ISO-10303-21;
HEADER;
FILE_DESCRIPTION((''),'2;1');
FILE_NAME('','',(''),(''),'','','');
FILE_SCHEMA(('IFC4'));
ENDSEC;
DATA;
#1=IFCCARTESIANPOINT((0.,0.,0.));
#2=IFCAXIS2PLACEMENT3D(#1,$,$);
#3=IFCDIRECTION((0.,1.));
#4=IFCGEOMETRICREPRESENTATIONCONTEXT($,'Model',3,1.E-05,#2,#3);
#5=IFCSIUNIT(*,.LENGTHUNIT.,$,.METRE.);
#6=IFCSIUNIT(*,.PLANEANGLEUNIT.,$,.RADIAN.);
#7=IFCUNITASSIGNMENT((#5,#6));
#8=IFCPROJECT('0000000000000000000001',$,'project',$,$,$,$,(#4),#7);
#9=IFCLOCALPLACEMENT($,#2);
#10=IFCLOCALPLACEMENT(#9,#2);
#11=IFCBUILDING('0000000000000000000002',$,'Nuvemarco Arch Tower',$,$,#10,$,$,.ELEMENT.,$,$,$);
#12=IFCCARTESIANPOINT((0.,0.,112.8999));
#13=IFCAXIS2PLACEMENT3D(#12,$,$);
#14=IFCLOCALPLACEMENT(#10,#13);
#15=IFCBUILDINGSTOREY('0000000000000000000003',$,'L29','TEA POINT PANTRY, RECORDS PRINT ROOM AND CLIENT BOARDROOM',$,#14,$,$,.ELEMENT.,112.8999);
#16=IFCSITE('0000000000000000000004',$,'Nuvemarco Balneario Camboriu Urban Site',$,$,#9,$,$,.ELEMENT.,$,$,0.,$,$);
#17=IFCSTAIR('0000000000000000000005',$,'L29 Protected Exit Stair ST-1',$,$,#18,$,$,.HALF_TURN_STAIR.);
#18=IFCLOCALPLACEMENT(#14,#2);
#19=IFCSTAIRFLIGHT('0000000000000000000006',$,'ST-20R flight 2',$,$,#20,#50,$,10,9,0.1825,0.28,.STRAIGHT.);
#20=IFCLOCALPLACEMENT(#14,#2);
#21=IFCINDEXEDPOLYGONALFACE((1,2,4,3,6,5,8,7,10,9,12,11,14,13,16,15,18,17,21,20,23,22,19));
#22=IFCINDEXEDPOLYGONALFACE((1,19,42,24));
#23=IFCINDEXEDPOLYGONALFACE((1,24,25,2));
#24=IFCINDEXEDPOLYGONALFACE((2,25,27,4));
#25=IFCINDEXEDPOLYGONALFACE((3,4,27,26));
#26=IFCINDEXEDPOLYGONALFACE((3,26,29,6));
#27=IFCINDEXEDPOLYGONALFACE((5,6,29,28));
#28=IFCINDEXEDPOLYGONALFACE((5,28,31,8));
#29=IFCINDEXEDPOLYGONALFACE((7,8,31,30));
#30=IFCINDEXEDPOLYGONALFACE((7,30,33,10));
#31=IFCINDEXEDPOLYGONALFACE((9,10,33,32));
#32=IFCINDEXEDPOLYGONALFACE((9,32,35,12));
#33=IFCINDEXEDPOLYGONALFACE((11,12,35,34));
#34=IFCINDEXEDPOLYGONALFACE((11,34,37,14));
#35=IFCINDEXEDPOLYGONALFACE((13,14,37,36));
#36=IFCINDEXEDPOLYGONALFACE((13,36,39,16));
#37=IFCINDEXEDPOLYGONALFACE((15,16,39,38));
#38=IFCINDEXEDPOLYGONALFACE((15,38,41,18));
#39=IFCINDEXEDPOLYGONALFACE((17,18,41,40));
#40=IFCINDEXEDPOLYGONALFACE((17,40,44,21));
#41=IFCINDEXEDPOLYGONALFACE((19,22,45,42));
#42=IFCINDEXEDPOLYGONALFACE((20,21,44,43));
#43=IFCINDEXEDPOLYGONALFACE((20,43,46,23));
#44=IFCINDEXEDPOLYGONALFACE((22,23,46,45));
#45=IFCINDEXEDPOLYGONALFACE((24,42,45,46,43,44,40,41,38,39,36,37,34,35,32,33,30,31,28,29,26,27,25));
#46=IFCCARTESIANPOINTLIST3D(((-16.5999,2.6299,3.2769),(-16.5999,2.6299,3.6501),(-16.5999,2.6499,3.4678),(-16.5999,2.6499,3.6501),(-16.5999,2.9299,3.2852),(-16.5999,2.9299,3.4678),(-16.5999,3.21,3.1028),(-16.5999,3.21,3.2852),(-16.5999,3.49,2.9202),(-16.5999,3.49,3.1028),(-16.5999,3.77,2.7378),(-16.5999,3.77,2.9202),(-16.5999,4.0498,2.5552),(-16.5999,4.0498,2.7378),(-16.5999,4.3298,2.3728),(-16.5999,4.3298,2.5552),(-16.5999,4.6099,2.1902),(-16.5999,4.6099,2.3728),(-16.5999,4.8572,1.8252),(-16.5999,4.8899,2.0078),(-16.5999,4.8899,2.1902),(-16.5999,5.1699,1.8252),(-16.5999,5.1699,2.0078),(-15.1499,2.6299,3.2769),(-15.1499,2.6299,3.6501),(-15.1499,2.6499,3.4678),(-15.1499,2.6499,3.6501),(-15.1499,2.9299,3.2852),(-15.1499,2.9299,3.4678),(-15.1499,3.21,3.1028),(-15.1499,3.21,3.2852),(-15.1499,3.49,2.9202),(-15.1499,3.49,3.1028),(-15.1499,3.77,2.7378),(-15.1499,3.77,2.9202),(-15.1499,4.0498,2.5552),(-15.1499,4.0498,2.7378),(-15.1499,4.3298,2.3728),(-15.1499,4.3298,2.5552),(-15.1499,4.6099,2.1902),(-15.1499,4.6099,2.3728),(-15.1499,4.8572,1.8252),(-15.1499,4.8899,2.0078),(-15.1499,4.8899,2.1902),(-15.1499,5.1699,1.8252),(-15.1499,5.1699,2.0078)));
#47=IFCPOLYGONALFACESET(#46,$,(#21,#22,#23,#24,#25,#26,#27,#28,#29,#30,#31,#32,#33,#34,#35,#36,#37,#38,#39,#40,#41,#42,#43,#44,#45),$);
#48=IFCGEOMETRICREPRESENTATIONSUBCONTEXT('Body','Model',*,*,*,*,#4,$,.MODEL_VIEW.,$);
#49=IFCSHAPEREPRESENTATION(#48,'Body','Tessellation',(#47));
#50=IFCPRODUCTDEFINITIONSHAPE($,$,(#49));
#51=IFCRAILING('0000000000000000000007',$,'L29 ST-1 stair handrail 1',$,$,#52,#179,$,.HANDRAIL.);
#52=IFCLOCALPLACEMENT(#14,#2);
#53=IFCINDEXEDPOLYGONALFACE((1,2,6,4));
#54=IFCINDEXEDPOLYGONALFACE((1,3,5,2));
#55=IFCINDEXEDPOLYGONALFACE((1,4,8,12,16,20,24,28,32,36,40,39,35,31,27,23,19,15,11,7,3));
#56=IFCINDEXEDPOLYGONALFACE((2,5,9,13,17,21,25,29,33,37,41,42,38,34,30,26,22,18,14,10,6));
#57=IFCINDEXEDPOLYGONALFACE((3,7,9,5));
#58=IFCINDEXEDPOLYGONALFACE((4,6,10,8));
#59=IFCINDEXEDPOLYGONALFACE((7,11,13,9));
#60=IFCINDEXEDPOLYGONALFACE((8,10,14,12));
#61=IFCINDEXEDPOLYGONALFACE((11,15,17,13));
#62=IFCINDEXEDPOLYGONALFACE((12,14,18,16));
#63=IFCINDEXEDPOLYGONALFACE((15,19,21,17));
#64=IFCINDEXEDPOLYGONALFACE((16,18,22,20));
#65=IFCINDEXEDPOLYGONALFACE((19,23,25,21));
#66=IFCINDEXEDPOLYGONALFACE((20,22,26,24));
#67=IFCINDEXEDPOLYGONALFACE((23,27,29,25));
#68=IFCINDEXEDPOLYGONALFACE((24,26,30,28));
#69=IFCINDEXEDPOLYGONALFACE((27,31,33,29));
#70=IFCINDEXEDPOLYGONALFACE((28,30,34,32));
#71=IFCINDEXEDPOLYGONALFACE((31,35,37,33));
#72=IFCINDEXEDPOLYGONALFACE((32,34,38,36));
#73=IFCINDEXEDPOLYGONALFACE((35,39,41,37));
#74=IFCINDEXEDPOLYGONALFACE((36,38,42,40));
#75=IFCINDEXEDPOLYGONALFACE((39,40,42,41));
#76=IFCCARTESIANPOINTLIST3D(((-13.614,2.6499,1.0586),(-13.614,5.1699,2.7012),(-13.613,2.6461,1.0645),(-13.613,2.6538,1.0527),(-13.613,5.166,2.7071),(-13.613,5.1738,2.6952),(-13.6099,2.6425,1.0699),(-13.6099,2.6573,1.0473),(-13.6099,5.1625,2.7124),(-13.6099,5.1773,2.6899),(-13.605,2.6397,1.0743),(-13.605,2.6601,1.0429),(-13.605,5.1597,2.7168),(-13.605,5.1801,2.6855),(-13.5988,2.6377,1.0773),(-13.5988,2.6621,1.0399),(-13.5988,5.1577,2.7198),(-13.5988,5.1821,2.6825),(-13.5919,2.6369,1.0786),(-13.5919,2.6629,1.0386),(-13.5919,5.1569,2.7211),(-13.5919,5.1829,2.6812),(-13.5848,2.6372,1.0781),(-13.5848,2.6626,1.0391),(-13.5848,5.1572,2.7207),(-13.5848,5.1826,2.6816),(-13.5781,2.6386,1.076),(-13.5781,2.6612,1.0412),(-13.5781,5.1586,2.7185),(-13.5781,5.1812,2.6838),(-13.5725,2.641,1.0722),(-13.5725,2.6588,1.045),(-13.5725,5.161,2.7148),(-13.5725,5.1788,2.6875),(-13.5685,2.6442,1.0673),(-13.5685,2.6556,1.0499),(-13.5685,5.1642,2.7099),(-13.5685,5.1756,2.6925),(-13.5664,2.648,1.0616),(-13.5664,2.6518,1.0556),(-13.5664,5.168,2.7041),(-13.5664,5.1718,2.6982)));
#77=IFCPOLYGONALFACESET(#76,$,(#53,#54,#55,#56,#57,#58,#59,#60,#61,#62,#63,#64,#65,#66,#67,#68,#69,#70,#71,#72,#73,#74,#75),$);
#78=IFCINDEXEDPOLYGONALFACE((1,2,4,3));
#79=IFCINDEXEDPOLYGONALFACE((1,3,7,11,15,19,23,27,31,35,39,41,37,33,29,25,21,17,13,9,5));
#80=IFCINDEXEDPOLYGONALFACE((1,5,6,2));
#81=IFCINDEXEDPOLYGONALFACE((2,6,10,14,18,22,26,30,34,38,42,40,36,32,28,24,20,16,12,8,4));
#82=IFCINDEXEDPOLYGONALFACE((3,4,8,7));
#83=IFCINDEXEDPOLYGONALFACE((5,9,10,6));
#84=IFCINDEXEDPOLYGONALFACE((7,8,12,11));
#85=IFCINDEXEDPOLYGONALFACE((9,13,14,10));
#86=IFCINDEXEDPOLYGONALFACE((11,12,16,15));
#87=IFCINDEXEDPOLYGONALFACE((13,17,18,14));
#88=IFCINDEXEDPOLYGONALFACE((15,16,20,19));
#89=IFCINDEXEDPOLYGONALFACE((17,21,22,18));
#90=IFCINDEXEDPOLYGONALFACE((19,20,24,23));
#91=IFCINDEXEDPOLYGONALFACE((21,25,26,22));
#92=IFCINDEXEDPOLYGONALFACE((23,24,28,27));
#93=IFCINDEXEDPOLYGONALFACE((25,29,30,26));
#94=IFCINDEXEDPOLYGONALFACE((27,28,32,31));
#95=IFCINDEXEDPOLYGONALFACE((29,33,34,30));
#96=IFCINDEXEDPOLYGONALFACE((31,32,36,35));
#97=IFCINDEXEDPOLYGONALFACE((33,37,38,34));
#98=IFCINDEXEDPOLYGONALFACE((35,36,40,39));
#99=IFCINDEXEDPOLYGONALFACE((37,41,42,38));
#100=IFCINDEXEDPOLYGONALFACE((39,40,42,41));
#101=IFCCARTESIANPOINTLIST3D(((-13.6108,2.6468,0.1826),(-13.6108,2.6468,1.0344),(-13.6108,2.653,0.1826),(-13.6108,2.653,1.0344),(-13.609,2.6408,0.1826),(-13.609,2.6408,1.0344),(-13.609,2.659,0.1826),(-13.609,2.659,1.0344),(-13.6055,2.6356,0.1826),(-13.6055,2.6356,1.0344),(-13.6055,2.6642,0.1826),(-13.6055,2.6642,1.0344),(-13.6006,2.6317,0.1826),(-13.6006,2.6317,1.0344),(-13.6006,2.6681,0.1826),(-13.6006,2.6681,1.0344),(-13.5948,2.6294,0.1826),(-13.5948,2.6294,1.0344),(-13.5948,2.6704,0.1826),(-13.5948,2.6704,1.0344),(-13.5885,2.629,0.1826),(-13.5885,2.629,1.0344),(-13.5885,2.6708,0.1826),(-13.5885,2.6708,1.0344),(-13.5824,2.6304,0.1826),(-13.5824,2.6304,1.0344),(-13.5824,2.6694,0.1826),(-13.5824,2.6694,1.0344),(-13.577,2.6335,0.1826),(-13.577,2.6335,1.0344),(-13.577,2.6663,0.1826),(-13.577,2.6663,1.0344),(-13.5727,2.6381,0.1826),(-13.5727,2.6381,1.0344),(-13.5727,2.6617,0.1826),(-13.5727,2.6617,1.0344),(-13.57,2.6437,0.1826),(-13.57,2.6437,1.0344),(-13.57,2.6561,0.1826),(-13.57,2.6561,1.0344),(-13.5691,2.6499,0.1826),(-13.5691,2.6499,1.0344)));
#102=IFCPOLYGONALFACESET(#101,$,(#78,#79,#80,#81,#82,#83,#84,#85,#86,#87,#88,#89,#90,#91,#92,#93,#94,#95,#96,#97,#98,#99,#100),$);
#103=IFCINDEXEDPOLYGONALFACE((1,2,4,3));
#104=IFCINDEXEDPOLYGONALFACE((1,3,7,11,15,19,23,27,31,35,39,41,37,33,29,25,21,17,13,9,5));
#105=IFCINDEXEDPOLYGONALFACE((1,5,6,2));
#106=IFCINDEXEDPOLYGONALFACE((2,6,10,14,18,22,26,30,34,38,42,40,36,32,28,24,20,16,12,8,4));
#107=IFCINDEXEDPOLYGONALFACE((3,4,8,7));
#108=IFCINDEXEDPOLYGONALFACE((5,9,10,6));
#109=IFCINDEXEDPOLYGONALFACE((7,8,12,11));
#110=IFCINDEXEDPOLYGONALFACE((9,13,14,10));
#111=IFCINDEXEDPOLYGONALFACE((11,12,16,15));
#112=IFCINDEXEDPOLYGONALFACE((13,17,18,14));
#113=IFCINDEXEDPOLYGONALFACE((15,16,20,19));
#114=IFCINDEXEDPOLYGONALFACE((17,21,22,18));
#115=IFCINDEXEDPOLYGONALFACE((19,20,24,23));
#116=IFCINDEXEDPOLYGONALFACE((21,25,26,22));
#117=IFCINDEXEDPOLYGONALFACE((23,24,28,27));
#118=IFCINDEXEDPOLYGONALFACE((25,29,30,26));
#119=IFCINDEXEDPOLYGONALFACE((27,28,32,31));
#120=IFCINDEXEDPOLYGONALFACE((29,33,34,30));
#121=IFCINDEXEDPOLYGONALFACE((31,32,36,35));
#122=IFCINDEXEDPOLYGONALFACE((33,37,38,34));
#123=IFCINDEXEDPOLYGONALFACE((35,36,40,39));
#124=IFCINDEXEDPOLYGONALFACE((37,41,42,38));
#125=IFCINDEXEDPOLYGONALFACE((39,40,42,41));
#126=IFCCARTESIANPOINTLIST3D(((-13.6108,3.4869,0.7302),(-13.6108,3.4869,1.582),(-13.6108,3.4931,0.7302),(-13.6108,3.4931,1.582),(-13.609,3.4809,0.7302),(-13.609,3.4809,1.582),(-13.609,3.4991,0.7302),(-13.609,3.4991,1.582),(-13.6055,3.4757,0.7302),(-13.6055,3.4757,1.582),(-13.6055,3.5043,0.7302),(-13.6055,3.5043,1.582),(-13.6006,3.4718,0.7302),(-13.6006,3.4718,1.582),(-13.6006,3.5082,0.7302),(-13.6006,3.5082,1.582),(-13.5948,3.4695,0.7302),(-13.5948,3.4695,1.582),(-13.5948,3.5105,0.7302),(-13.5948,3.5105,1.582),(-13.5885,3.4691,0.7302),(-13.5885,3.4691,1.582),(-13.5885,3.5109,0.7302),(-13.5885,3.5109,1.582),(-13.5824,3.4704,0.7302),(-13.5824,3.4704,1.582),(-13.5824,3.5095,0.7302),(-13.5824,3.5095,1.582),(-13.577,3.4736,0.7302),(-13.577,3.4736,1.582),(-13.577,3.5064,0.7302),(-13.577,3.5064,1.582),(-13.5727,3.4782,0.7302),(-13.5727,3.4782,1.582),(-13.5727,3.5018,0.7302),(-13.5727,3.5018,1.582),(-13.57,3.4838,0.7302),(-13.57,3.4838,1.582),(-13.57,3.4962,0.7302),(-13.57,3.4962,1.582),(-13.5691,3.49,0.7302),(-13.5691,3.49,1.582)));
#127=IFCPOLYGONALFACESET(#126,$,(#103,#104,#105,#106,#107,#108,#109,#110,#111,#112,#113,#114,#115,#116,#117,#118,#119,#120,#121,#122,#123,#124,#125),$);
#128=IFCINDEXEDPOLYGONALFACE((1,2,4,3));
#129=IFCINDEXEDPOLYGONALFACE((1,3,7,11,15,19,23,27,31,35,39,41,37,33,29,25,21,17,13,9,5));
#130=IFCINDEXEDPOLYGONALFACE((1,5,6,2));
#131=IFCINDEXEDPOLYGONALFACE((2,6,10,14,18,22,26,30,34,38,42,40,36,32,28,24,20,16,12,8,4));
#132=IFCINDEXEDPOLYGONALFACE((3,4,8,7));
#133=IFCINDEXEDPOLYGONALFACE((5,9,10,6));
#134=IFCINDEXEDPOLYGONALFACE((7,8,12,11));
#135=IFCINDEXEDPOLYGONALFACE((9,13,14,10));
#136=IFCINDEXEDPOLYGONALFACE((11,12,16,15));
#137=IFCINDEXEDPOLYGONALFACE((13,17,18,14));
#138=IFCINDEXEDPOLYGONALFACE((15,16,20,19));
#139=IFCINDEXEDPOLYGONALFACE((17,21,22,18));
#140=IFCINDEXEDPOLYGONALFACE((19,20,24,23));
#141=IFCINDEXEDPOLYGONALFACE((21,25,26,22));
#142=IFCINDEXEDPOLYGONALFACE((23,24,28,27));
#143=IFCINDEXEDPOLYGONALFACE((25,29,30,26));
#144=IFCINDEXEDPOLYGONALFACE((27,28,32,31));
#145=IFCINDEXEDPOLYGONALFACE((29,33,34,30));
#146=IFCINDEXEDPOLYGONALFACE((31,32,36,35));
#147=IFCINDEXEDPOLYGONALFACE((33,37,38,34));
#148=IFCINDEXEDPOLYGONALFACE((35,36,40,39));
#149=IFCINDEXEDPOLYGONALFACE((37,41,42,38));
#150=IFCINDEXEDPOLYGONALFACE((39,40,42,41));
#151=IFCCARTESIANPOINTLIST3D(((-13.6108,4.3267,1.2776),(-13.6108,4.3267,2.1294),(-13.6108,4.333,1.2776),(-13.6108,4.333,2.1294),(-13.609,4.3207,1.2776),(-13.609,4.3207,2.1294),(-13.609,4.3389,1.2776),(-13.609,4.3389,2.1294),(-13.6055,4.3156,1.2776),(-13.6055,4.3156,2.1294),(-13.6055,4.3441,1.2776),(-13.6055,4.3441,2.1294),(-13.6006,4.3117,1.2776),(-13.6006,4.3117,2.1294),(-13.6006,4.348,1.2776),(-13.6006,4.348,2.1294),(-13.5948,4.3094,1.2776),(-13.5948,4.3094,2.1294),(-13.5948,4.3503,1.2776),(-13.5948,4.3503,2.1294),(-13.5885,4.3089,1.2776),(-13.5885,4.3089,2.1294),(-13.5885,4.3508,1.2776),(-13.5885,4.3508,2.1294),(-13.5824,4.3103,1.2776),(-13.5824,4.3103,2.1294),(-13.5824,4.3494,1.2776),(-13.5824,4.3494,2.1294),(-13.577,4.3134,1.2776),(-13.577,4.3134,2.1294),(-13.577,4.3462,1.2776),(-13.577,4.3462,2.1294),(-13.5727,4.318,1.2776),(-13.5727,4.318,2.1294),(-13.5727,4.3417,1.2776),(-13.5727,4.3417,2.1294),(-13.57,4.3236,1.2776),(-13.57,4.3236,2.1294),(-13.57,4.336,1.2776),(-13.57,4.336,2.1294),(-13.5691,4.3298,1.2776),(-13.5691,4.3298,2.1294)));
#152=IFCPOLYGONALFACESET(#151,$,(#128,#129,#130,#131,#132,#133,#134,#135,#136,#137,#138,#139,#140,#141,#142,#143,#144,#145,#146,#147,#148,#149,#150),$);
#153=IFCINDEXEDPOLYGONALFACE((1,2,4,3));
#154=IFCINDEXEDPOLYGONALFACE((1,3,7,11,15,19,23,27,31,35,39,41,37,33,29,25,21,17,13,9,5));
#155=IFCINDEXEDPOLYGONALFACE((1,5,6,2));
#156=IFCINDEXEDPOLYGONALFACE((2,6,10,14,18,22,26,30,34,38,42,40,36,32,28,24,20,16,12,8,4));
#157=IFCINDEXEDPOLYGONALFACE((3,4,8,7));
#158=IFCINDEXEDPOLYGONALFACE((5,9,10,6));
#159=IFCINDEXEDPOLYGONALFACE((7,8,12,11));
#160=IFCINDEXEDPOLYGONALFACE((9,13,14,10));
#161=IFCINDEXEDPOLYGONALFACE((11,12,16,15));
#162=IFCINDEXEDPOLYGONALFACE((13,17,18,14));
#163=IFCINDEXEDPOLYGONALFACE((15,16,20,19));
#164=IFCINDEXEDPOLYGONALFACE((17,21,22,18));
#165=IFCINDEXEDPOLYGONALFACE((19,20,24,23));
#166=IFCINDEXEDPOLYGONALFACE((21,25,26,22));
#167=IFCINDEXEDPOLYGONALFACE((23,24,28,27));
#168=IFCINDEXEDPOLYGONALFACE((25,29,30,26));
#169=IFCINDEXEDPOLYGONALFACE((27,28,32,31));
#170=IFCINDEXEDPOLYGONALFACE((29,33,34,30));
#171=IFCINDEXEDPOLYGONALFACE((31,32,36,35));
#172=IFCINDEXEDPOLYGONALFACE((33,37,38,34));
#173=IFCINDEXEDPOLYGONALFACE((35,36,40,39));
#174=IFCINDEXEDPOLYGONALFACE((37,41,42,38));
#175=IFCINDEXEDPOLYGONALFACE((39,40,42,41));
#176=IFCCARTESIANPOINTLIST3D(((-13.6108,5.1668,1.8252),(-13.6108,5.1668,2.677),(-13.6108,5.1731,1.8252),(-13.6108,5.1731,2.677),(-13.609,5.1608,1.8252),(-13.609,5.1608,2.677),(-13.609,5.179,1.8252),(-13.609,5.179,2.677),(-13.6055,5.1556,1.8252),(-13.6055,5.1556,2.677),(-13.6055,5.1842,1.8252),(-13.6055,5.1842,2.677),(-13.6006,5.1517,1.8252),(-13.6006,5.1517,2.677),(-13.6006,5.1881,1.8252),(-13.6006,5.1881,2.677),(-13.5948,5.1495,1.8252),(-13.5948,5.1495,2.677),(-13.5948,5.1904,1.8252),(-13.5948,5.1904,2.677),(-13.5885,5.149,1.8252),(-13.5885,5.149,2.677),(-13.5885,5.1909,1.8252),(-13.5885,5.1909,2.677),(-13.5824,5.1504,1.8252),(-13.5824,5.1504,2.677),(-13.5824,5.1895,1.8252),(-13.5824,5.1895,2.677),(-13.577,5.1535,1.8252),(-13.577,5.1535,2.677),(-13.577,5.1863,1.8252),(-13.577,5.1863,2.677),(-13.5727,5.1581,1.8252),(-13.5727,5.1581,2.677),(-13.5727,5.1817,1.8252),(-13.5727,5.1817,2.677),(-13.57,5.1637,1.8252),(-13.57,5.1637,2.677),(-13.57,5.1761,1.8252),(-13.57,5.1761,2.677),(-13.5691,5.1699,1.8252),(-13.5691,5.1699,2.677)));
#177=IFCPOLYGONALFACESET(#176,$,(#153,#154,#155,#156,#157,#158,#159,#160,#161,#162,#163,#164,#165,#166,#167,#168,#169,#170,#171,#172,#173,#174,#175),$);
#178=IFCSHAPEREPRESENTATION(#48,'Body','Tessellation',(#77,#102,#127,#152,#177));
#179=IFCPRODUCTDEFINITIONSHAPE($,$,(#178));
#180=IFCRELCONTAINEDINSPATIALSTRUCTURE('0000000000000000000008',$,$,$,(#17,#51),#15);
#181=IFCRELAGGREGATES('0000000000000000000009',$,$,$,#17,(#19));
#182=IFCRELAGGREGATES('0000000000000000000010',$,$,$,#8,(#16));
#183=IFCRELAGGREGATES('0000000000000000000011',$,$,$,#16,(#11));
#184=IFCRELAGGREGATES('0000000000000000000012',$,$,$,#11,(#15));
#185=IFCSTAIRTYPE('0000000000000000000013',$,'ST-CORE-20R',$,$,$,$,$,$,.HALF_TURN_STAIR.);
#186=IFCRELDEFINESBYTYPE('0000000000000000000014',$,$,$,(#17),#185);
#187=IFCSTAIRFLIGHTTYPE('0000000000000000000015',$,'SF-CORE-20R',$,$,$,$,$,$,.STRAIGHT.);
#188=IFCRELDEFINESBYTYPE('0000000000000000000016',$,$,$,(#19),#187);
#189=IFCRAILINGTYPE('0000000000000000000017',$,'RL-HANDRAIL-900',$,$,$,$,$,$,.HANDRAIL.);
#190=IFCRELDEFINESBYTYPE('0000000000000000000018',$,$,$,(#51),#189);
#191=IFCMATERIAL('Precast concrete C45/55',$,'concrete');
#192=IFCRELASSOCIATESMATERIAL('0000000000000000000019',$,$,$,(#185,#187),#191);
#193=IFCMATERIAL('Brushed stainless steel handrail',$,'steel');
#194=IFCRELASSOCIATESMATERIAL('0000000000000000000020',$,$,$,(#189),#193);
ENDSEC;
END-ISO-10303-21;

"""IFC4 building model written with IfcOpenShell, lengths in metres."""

from ifc_helpers import new_model, si_unit, direction, frame, origin, origin_2d, place, context, subcontext, project, spatial, polyline, circle, outline, extrude, material, type_object, element, aggregate, save


model = new_model("IFC4")

# Units and contexts
model_context = context("Model", 3, precision=1e-05, world=origin(), true_north=direction((0.0, 1.0)))
body_context = subcontext(model_context, "Body", "Model", "MODEL_VIEW")
ifc_project = project(units=[si_unit("LENGTHUNIT", "METRE"), si_unit("PLANEANGLEUNIT", "RADIAN")], contexts=[model_context])

# Site, building, storey
site_placement = place(None, origin())
site = spatial("IfcSite", under=ifc_project, at=site_placement, Name="Nuvemarco Balneario Camboriu Urban Site", CompositionType="ELEMENT", RefElevation=0.0)
building_placement = place(site_placement, origin())
building = spatial("IfcBuilding", under=site, at=building_placement, Name="Nuvemarco Arch Tower", CompositionType="ELEMENT")
storey_placement = place(building_placement, frame((0.0, 0.0, 112.8999)))
storey = spatial("IfcBuildingStorey", under=building, at=storey_placement, Name="L29", Description="TEA POINT PANTRY, RECORDS PRINT ROOM AND CLIENT BOARDROOM", CompositionType="ELEMENT", Elevation=112.8999)

# Stair, stair flight
ifc_material_1 = material(Name="Precast concrete C45/55", Category="concrete")
stair_type = type_object("IfcStairType", Name="ST-CORE-20R", PredefinedType="HALF_TURN_STAIR", material=ifc_material_1)
stair_placement = place(storey_placement, origin())
stair = element("IfcStair", 1, at=stair_placement, inside=storey, type_object=stair_type, Name="L29 Protected Exit Stair ST-1", PredefinedType="HALF_TURN_STAIR")
stair_flight_type = type_object("IfcStairFlightType", Name="SF-CORE-20R", PredefinedType="STRAIGHT", material=ifc_material_1)
stair_flight_1_placement = place(storey_placement, frame((-15.875, 5.1699, 1.8252), z_axis=(0.0, 0.0, 1.0), x_axis=(0.0, -1.0, 0.0)))
stair_flight_1 = element("IfcStairFlight", 2, at=stair_flight_1_placement, type_object=stair_flight_type, Name="ST-20R flight 2", NumberOfRisers=10, NumberOfTreads=9, PredefinedType="STRAIGHT", RiserHeight=0.1825, TreadLength=0.28, context=body_context, shape_type="SweptSolid", body=[
    extrude(outline(polyline([(0.0, 0.0), (0.0, 0.1826), (0.28, 0.1826), (0.28, 0.365), (0.5601, 0.365), (0.5601, 0.5476), (0.8401, 0.5476), (0.8401, 0.73), (1.1201, 0.73), (1.1201, 0.9126), (1.3999, 0.9126), (1.3999, 1.095), (1.6799, 1.095), (1.6799, 1.2776), (1.96, 1.2776), (1.96, 1.46), (2.24, 1.46), (2.24, 1.6426), (2.52, 1.6426), (2.52, 1.825), (2.54, 1.825), (2.54, 1.4517), (0.3127, 0.0), (0.0, 0.0)])), frame((0.0, 0.7251, 0.0), z_axis=(0.0, -1.0, 0.0), x_axis=(1.0, 0.0, 0.0)), (0.0, 0.0, 1.0), 1.45),
])
aggregate(stair, [stair_flight_1])

# Railing
ifc_material_2 = material(Name="Brushed stainless steel handrail", Category="steel")
railing_type_1 = type_object("IfcRailingType", Name="RL-HANDRAIL-900", PredefinedType="HANDRAIL", material=ifc_material_2)
railing_1_placement = place(storey_placement, frame((-13.5901, 2.6499, 0.1826)))
element("IfcRailing", 3, at=railing_1_placement, inside=storey, type_object=railing_type_1, Name="L29 ST-1 stair handrail 1", PredefinedType="HANDRAIL", context=body_context, shape_type="SweptSolid", body=[
    extrude(circle(Radius=0.0239, at=origin_2d()), frame((0.0, 0.0, 0.876), z_axis=(0.0, 0.837749, 0.546055), x_axis=(-1.0, 0.0, 0.0)), (0.0, 0.0, 1.0), 3.0081),
    extrude(circle(Radius=0.021, at=origin_2d()), origin(), (0.0, 0.0, 1.0), 0.8518),
    extrude(circle(Radius=0.021, at=origin_2d()), frame((0.0, 0.8401, 0.5476)), (0.0, 0.0, 1.0), 0.8518),
    extrude(circle(Radius=0.021, at=origin_2d()), frame((0.0, 1.6799, 1.095)), (0.0, 0.0, 1.0), 0.8518),
    extrude(circle(Radius=0.021, at=origin_2d()), frame((0.0, 2.52, 1.6426)), (0.0, 0.0, 1.0), 0.8518),
])

save(model, "model.ifc")
